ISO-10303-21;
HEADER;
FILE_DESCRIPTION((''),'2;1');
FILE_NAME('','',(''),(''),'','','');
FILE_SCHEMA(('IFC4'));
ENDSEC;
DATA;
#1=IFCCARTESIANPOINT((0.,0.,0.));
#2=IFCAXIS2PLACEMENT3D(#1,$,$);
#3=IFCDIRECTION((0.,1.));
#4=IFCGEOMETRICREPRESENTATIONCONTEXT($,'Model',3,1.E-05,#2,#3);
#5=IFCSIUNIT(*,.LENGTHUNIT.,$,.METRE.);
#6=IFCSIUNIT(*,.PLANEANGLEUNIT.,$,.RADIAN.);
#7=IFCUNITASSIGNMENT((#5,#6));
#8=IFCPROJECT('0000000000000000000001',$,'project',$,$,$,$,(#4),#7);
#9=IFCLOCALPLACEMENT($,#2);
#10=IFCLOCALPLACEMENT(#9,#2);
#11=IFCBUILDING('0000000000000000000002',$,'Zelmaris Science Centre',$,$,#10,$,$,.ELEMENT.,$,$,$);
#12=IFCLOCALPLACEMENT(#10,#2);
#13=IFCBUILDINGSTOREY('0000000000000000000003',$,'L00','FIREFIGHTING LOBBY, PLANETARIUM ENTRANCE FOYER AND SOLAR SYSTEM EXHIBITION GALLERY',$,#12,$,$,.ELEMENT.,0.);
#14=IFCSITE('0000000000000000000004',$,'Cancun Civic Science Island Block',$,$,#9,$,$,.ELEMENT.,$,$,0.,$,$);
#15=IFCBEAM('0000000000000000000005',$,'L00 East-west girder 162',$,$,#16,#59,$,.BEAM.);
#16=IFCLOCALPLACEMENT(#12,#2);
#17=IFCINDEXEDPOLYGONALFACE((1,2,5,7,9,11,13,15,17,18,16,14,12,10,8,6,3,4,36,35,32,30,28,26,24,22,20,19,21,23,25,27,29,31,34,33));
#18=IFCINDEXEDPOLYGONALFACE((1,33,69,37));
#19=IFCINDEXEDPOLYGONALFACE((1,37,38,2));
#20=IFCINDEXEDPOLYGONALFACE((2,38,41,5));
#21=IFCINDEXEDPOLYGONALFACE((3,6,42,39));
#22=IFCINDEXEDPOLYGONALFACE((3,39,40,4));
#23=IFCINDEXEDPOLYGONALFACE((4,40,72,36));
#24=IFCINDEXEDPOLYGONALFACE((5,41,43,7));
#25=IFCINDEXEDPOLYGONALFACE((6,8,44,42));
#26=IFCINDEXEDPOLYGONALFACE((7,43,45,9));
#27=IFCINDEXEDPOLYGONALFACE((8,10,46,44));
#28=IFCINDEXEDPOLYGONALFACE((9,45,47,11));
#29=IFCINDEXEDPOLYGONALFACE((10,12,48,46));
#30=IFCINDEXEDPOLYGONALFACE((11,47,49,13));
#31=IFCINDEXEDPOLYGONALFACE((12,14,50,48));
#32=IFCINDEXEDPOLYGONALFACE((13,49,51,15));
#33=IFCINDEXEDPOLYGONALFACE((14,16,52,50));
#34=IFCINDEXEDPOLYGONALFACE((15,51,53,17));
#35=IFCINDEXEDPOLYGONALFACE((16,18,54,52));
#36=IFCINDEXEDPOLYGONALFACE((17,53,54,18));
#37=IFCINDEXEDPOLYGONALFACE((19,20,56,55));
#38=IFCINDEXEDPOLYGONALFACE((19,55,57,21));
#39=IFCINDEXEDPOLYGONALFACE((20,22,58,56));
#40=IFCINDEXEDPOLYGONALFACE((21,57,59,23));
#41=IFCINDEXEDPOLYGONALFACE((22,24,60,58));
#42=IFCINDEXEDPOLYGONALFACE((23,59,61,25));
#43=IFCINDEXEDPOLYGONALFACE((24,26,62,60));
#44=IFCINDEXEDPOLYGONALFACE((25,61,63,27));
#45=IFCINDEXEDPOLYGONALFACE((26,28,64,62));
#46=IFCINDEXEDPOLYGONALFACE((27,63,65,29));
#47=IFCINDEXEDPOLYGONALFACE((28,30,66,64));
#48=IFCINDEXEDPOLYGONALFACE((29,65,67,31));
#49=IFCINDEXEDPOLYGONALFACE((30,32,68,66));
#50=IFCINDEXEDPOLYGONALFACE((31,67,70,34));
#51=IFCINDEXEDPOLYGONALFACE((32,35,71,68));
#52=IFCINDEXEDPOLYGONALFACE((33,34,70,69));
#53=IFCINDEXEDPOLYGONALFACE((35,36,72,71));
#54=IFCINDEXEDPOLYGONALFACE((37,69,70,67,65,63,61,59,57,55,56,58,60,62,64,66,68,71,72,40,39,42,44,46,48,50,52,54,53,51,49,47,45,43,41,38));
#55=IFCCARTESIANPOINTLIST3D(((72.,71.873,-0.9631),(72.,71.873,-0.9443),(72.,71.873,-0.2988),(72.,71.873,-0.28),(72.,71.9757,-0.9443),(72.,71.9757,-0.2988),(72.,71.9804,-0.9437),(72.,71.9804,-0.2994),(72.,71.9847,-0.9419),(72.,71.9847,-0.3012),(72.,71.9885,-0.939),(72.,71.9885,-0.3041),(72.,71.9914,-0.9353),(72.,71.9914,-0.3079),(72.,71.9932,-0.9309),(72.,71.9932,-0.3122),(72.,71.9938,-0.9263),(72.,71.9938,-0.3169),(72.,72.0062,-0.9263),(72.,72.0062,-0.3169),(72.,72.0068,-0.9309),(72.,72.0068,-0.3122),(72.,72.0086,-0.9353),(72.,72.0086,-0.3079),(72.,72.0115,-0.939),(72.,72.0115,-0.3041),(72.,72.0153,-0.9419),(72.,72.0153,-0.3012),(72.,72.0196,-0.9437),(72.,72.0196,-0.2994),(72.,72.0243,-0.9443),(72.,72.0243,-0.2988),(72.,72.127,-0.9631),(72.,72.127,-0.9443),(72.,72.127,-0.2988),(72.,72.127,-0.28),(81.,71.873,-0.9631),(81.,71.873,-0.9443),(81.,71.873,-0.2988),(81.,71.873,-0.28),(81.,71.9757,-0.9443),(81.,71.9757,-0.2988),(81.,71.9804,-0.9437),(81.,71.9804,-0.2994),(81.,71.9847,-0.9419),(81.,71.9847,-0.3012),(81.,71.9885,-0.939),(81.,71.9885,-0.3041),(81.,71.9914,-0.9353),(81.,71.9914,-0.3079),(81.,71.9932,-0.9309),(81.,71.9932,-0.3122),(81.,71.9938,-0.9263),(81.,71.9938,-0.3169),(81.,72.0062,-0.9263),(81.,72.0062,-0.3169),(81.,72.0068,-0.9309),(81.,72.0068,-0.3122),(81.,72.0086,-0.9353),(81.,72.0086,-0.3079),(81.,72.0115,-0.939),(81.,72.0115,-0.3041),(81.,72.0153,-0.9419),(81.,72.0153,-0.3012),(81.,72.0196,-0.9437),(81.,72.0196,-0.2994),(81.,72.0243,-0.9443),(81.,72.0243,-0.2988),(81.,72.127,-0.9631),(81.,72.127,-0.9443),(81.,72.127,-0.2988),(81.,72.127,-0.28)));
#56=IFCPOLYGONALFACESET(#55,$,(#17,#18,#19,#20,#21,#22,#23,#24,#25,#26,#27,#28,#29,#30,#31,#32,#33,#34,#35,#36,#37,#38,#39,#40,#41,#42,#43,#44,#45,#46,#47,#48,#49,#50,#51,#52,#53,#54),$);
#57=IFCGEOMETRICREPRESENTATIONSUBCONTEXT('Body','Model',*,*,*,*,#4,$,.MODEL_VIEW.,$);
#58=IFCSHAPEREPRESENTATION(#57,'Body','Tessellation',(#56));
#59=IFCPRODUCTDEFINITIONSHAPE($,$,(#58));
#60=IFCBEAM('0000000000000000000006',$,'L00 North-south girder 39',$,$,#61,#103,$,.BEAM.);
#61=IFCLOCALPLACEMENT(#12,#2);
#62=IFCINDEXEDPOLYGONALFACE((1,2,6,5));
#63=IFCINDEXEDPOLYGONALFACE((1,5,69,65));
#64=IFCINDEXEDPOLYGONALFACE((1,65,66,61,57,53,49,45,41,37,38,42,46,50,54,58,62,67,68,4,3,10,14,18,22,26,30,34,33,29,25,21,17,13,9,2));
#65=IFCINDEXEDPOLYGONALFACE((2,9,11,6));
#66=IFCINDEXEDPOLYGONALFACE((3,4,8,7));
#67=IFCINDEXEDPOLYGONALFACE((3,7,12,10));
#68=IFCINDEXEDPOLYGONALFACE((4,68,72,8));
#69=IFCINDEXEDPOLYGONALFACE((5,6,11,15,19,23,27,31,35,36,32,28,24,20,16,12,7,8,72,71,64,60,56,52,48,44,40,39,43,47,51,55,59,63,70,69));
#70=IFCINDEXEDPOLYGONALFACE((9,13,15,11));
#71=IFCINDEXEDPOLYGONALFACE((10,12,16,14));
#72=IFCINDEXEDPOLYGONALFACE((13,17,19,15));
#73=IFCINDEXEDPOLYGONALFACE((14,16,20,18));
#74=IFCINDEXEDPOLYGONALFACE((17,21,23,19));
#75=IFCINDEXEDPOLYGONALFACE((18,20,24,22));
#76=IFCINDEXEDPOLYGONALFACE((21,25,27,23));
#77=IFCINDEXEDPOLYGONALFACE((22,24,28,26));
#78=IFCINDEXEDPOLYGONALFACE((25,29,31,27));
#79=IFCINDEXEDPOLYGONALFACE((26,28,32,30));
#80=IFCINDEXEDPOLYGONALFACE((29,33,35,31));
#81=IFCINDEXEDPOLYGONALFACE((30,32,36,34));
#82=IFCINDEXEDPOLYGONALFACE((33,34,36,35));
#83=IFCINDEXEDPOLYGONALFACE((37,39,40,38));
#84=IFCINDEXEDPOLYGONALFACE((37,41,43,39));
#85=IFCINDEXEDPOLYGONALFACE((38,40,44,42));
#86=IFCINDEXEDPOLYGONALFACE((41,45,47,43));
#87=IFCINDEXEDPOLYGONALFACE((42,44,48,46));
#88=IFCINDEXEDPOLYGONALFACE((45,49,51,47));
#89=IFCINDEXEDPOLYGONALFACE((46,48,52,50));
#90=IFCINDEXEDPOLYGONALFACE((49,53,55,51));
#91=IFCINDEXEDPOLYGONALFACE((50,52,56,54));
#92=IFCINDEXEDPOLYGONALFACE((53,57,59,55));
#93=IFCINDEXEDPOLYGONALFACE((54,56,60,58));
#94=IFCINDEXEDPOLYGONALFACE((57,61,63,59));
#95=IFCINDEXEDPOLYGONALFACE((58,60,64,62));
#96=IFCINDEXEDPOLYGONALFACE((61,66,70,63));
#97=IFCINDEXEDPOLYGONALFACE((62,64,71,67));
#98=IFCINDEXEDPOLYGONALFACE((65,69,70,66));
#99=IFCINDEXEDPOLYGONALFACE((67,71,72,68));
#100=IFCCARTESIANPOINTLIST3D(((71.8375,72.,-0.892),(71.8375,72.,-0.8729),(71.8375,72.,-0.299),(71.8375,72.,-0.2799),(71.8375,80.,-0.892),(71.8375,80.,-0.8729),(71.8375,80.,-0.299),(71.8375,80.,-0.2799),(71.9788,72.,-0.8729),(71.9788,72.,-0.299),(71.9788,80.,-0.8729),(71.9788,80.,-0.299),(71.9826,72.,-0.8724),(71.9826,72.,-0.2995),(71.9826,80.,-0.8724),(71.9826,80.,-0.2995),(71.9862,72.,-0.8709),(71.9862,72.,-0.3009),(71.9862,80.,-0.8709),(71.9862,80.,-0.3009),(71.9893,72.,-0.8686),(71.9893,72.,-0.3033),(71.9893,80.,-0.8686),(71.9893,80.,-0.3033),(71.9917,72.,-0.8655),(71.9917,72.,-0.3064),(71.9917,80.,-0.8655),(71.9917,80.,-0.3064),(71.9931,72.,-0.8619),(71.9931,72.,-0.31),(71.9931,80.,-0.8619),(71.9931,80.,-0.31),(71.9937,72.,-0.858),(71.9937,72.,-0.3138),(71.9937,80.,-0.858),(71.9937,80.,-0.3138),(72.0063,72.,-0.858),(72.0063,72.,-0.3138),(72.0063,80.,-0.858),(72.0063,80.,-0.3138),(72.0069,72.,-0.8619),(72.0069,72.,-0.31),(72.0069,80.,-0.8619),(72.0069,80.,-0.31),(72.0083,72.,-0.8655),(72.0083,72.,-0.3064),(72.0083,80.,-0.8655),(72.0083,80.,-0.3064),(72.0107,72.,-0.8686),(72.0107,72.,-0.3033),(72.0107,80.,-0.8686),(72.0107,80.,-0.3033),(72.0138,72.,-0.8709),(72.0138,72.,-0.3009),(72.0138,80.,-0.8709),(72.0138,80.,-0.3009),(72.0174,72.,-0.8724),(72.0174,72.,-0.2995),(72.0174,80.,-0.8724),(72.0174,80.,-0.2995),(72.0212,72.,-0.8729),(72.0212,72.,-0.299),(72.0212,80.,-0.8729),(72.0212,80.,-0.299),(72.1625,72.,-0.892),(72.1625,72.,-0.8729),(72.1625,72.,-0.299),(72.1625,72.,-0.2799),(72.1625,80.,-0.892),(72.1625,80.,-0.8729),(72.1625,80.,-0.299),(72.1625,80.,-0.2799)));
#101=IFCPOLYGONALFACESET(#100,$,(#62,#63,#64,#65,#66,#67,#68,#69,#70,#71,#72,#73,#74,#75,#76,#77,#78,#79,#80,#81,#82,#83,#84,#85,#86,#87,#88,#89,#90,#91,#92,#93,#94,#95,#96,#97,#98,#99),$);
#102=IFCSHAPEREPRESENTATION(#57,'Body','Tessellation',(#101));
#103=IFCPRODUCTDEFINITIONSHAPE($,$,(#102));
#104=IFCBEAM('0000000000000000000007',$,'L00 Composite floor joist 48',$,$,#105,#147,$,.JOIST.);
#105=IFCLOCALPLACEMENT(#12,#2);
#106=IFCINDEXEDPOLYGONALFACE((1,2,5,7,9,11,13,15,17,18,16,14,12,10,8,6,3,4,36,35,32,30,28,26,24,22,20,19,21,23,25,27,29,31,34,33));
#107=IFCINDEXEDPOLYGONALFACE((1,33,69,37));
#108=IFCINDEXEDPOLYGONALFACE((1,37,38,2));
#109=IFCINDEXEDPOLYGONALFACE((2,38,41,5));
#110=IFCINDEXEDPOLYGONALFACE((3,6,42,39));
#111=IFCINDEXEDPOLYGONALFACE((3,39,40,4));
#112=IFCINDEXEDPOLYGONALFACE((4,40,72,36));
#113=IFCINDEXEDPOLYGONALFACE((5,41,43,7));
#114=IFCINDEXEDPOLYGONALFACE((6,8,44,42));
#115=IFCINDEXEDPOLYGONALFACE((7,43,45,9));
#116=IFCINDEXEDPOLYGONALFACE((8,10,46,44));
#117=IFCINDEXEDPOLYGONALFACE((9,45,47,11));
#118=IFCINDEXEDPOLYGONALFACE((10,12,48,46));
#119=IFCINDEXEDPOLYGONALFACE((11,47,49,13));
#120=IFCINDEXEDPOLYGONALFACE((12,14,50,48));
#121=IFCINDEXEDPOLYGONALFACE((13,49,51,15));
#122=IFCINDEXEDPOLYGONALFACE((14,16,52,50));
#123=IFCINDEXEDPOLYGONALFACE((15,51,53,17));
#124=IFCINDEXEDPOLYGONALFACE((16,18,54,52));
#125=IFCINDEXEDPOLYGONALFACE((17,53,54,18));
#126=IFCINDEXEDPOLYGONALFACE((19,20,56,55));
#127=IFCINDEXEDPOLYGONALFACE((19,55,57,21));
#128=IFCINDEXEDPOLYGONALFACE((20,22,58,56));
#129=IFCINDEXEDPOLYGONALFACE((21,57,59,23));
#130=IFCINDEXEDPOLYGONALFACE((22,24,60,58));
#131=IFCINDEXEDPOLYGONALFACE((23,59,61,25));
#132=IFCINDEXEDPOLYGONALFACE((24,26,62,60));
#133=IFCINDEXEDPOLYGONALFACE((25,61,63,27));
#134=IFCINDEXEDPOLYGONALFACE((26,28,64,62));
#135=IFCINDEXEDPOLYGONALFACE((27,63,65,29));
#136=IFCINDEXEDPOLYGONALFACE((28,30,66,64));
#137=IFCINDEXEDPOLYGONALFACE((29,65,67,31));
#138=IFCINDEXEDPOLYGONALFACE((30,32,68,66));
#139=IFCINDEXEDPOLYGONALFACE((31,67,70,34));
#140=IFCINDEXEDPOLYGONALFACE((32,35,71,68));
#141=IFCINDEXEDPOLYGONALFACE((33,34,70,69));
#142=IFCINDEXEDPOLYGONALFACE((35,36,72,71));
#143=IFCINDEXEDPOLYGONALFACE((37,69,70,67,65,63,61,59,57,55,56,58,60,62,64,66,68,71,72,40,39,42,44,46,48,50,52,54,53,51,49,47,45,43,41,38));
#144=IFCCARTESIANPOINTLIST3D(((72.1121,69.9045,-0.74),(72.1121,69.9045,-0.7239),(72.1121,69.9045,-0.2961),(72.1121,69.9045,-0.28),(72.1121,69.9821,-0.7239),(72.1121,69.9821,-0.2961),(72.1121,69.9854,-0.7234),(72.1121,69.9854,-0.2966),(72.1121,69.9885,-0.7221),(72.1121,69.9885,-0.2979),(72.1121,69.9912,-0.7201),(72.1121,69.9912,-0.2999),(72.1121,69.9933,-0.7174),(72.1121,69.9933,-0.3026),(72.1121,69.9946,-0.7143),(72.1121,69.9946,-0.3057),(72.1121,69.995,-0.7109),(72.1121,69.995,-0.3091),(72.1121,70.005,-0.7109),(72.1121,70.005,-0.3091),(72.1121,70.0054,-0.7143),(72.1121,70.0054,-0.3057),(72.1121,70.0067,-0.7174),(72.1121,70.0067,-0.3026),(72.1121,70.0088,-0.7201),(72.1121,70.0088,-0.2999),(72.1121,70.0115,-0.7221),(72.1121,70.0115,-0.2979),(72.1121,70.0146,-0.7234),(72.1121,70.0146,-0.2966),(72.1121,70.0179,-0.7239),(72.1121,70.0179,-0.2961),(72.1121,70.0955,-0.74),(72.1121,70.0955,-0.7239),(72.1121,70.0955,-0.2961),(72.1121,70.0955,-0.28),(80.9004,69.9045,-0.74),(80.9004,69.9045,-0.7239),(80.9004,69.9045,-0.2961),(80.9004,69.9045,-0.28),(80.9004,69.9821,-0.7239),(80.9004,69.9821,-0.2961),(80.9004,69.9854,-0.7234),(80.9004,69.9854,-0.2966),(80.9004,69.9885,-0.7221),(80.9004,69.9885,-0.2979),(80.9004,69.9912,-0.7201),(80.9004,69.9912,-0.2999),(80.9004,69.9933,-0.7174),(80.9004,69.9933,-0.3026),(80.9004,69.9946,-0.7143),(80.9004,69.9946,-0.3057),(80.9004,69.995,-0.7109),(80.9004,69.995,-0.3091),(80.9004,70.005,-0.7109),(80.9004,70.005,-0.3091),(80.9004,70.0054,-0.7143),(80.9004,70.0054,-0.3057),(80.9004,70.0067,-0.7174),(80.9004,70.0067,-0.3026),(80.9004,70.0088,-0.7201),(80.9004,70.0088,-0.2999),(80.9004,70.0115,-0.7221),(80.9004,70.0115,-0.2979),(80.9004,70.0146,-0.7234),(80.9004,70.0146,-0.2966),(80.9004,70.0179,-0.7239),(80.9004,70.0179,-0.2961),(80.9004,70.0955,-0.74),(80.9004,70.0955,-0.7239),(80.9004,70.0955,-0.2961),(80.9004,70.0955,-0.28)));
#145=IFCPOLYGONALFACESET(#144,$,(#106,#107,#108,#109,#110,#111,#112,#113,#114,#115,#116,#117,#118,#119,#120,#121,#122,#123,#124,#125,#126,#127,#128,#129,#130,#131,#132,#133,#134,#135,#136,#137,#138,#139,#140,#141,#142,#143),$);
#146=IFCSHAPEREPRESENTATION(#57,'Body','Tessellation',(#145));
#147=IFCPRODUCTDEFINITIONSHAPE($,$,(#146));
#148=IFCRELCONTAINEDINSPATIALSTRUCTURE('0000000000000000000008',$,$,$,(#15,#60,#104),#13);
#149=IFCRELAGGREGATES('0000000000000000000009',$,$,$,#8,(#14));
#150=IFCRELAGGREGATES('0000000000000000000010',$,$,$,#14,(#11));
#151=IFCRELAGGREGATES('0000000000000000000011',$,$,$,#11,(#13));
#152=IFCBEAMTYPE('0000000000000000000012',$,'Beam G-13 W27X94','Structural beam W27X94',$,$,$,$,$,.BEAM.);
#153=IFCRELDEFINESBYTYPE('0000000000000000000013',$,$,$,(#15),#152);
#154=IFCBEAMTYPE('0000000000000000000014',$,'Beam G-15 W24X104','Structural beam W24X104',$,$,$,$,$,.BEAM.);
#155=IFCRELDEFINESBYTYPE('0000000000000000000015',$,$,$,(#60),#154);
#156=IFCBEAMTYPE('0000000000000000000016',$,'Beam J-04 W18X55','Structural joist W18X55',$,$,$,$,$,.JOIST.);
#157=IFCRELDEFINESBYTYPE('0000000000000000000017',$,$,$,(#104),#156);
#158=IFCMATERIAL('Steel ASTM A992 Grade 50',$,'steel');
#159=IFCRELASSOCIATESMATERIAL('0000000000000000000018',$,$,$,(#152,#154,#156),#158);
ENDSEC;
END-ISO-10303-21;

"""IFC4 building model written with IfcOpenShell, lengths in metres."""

from ifc_helpers import new_model, si_unit, direction, frame, origin, origin_2d, place, context, subcontext, project, spatial, i_section, extrude, material, material_profile, profile_set, type_object, element, save


model = new_model("IFC4")

# Units and contexts
model_context = context("Model", 3, precision=1e-05, world=origin(), true_north=direction((0.0, 1.0)))
body_context = subcontext(model_context, "Body", "Model", "MODEL_VIEW")
ifc_project = project(units=[si_unit("LENGTHUNIT", "METRE"), si_unit("PLANEANGLEUNIT", "RADIAN")], contexts=[model_context])

# Site, building, storey
site_placement = place(None, origin())
site = spatial("IfcSite", under=ifc_project, at=site_placement, Name="Cancun Civic Science Island Block", CompositionType="ELEMENT", RefElevation=0.0)
building_placement = place(site_placement, origin())
building = spatial("IfcBuilding", under=site, at=building_placement, Name="Zelmaris Science Centre", CompositionType="ELEMENT")
storey_placement = place(building_placement, origin())
storey = spatial("IfcBuildingStorey", under=building, at=storey_placement, Name="L00", Description="FIREFIGHTING LOBBY, PLANETARIUM ENTRANCE FOYER AND SOLAR SYSTEM EXHIBITION GALLERY", CompositionType="ELEMENT", Elevation=0.0)

# Shared definitions
ifc_material_1 = material(Name="Steel ASTM A992 Grade 50", Category="steel")

# Beams
ifc_material_profile_1 = material_profile(ifc_material_1, i_section(OverallWidth=0.2539, OverallDepth=0.6831, WebThickness=0.0125, FlangeThickness=0.0188, FilletRadius=0.0181, at=origin_2d()), Name="W27X94")
ifc_profile_set_1 = profile_set([ifc_material_profile_1], Name="Steel ASTM A992 Grade 50")
beam_type_1 = type_object("IfcBeamType", Name="Beam G-13 W27X94", Description="Structural beam W27X94", PredefinedType="BEAM", material=ifc_profile_set_1)
beam_1_placement = place(storey_placement, frame((72.0, 72.0, -0.6216), z_axis=(1.0, 0.0, 0.0), x_axis=(0.0, 1.0, 0.0)))
element("IfcBeam", 1, at=beam_1_placement, inside=storey, type_object=beam_type_1, Name="L00 East-west girder 162", PredefinedType="BEAM", context=body_context, shape_type="SweptSolid", body=[
    extrude(i_section(OverallWidth=0.2539, OverallDepth=0.6831, WebThickness=0.0125, FlangeThickness=0.0188, FilletRadius=0.0181, at=origin_2d()), origin(), (0.0, 0.0, 1.0), 9.0),
])
ifc_material_profile_2 = material_profile(ifc_material_1, i_section(OverallWidth=0.325, OverallDepth=0.6121, WebThickness=0.0127, FlangeThickness=0.019, FilletRadius=0.0149, at=origin_2d()), Name="W24X104")
ifc_profile_set_2 = profile_set([ifc_material_profile_2], Name="Steel ASTM A992 Grade 50")
beam_type_2 = type_object("IfcBeamType", Name="Beam G-15 W24X104", Description="Structural beam W24X104", PredefinedType="BEAM", material=ifc_profile_set_2)
beam_2_placement = place(storey_placement, frame((72.0, 72.0, -0.5859), z_axis=(0.0, 1.0, 0.0), x_axis=(-1.0, 0.0, 0.0)))
element("IfcBeam", 2, at=beam_2_placement, inside=storey, type_object=beam_type_2, Name="L00 North-south girder 39", PredefinedType="BEAM", context=body_context, shape_type="SweptSolid", body=[
    extrude(i_section(OverallWidth=0.325, OverallDepth=0.6121, WebThickness=0.0127, FlangeThickness=0.019, FilletRadius=0.0149, at=origin_2d()), origin(), (0.0, 0.0, 1.0), 8.0),
])
ifc_material_profile_3 = material_profile(ifc_material_1, i_section(OverallWidth=0.1909, OverallDepth=0.46, WebThickness=0.01, FlangeThickness=0.0161, FilletRadius=0.0129, at=origin_2d()), Name="W18X55")
ifc_profile_set_3 = profile_set([ifc_material_profile_3], Name="Steel ASTM A992 Grade 50")
beam_type_3 = type_object("IfcBeamType", Name="Beam J-04 W18X55", Description="Structural joist W18X55", PredefinedType="JOIST", material=ifc_profile_set_3)
beam_3_placement = place(storey_placement, frame((72.1121, 70.0, -0.51), z_axis=(1.0, 0.0, 0.0), x_axis=(0.0, 1.0, 0.0)))
element("IfcBeam", 3, at=beam_3_placement, inside=storey, type_object=beam_type_3, Name="L00 Composite floor joist 48", PredefinedType="JOIST", context=body_context, shape_type="SweptSolid", body=[
    extrude(i_section(OverallWidth=0.1909, OverallDepth=0.46, WebThickness=0.01, FlangeThickness=0.0161, FilletRadius=0.0129, at=origin_2d()), origin(), (0.0, 0.0, 1.0), 8.7883),
])

save(model, "model.ifc")
